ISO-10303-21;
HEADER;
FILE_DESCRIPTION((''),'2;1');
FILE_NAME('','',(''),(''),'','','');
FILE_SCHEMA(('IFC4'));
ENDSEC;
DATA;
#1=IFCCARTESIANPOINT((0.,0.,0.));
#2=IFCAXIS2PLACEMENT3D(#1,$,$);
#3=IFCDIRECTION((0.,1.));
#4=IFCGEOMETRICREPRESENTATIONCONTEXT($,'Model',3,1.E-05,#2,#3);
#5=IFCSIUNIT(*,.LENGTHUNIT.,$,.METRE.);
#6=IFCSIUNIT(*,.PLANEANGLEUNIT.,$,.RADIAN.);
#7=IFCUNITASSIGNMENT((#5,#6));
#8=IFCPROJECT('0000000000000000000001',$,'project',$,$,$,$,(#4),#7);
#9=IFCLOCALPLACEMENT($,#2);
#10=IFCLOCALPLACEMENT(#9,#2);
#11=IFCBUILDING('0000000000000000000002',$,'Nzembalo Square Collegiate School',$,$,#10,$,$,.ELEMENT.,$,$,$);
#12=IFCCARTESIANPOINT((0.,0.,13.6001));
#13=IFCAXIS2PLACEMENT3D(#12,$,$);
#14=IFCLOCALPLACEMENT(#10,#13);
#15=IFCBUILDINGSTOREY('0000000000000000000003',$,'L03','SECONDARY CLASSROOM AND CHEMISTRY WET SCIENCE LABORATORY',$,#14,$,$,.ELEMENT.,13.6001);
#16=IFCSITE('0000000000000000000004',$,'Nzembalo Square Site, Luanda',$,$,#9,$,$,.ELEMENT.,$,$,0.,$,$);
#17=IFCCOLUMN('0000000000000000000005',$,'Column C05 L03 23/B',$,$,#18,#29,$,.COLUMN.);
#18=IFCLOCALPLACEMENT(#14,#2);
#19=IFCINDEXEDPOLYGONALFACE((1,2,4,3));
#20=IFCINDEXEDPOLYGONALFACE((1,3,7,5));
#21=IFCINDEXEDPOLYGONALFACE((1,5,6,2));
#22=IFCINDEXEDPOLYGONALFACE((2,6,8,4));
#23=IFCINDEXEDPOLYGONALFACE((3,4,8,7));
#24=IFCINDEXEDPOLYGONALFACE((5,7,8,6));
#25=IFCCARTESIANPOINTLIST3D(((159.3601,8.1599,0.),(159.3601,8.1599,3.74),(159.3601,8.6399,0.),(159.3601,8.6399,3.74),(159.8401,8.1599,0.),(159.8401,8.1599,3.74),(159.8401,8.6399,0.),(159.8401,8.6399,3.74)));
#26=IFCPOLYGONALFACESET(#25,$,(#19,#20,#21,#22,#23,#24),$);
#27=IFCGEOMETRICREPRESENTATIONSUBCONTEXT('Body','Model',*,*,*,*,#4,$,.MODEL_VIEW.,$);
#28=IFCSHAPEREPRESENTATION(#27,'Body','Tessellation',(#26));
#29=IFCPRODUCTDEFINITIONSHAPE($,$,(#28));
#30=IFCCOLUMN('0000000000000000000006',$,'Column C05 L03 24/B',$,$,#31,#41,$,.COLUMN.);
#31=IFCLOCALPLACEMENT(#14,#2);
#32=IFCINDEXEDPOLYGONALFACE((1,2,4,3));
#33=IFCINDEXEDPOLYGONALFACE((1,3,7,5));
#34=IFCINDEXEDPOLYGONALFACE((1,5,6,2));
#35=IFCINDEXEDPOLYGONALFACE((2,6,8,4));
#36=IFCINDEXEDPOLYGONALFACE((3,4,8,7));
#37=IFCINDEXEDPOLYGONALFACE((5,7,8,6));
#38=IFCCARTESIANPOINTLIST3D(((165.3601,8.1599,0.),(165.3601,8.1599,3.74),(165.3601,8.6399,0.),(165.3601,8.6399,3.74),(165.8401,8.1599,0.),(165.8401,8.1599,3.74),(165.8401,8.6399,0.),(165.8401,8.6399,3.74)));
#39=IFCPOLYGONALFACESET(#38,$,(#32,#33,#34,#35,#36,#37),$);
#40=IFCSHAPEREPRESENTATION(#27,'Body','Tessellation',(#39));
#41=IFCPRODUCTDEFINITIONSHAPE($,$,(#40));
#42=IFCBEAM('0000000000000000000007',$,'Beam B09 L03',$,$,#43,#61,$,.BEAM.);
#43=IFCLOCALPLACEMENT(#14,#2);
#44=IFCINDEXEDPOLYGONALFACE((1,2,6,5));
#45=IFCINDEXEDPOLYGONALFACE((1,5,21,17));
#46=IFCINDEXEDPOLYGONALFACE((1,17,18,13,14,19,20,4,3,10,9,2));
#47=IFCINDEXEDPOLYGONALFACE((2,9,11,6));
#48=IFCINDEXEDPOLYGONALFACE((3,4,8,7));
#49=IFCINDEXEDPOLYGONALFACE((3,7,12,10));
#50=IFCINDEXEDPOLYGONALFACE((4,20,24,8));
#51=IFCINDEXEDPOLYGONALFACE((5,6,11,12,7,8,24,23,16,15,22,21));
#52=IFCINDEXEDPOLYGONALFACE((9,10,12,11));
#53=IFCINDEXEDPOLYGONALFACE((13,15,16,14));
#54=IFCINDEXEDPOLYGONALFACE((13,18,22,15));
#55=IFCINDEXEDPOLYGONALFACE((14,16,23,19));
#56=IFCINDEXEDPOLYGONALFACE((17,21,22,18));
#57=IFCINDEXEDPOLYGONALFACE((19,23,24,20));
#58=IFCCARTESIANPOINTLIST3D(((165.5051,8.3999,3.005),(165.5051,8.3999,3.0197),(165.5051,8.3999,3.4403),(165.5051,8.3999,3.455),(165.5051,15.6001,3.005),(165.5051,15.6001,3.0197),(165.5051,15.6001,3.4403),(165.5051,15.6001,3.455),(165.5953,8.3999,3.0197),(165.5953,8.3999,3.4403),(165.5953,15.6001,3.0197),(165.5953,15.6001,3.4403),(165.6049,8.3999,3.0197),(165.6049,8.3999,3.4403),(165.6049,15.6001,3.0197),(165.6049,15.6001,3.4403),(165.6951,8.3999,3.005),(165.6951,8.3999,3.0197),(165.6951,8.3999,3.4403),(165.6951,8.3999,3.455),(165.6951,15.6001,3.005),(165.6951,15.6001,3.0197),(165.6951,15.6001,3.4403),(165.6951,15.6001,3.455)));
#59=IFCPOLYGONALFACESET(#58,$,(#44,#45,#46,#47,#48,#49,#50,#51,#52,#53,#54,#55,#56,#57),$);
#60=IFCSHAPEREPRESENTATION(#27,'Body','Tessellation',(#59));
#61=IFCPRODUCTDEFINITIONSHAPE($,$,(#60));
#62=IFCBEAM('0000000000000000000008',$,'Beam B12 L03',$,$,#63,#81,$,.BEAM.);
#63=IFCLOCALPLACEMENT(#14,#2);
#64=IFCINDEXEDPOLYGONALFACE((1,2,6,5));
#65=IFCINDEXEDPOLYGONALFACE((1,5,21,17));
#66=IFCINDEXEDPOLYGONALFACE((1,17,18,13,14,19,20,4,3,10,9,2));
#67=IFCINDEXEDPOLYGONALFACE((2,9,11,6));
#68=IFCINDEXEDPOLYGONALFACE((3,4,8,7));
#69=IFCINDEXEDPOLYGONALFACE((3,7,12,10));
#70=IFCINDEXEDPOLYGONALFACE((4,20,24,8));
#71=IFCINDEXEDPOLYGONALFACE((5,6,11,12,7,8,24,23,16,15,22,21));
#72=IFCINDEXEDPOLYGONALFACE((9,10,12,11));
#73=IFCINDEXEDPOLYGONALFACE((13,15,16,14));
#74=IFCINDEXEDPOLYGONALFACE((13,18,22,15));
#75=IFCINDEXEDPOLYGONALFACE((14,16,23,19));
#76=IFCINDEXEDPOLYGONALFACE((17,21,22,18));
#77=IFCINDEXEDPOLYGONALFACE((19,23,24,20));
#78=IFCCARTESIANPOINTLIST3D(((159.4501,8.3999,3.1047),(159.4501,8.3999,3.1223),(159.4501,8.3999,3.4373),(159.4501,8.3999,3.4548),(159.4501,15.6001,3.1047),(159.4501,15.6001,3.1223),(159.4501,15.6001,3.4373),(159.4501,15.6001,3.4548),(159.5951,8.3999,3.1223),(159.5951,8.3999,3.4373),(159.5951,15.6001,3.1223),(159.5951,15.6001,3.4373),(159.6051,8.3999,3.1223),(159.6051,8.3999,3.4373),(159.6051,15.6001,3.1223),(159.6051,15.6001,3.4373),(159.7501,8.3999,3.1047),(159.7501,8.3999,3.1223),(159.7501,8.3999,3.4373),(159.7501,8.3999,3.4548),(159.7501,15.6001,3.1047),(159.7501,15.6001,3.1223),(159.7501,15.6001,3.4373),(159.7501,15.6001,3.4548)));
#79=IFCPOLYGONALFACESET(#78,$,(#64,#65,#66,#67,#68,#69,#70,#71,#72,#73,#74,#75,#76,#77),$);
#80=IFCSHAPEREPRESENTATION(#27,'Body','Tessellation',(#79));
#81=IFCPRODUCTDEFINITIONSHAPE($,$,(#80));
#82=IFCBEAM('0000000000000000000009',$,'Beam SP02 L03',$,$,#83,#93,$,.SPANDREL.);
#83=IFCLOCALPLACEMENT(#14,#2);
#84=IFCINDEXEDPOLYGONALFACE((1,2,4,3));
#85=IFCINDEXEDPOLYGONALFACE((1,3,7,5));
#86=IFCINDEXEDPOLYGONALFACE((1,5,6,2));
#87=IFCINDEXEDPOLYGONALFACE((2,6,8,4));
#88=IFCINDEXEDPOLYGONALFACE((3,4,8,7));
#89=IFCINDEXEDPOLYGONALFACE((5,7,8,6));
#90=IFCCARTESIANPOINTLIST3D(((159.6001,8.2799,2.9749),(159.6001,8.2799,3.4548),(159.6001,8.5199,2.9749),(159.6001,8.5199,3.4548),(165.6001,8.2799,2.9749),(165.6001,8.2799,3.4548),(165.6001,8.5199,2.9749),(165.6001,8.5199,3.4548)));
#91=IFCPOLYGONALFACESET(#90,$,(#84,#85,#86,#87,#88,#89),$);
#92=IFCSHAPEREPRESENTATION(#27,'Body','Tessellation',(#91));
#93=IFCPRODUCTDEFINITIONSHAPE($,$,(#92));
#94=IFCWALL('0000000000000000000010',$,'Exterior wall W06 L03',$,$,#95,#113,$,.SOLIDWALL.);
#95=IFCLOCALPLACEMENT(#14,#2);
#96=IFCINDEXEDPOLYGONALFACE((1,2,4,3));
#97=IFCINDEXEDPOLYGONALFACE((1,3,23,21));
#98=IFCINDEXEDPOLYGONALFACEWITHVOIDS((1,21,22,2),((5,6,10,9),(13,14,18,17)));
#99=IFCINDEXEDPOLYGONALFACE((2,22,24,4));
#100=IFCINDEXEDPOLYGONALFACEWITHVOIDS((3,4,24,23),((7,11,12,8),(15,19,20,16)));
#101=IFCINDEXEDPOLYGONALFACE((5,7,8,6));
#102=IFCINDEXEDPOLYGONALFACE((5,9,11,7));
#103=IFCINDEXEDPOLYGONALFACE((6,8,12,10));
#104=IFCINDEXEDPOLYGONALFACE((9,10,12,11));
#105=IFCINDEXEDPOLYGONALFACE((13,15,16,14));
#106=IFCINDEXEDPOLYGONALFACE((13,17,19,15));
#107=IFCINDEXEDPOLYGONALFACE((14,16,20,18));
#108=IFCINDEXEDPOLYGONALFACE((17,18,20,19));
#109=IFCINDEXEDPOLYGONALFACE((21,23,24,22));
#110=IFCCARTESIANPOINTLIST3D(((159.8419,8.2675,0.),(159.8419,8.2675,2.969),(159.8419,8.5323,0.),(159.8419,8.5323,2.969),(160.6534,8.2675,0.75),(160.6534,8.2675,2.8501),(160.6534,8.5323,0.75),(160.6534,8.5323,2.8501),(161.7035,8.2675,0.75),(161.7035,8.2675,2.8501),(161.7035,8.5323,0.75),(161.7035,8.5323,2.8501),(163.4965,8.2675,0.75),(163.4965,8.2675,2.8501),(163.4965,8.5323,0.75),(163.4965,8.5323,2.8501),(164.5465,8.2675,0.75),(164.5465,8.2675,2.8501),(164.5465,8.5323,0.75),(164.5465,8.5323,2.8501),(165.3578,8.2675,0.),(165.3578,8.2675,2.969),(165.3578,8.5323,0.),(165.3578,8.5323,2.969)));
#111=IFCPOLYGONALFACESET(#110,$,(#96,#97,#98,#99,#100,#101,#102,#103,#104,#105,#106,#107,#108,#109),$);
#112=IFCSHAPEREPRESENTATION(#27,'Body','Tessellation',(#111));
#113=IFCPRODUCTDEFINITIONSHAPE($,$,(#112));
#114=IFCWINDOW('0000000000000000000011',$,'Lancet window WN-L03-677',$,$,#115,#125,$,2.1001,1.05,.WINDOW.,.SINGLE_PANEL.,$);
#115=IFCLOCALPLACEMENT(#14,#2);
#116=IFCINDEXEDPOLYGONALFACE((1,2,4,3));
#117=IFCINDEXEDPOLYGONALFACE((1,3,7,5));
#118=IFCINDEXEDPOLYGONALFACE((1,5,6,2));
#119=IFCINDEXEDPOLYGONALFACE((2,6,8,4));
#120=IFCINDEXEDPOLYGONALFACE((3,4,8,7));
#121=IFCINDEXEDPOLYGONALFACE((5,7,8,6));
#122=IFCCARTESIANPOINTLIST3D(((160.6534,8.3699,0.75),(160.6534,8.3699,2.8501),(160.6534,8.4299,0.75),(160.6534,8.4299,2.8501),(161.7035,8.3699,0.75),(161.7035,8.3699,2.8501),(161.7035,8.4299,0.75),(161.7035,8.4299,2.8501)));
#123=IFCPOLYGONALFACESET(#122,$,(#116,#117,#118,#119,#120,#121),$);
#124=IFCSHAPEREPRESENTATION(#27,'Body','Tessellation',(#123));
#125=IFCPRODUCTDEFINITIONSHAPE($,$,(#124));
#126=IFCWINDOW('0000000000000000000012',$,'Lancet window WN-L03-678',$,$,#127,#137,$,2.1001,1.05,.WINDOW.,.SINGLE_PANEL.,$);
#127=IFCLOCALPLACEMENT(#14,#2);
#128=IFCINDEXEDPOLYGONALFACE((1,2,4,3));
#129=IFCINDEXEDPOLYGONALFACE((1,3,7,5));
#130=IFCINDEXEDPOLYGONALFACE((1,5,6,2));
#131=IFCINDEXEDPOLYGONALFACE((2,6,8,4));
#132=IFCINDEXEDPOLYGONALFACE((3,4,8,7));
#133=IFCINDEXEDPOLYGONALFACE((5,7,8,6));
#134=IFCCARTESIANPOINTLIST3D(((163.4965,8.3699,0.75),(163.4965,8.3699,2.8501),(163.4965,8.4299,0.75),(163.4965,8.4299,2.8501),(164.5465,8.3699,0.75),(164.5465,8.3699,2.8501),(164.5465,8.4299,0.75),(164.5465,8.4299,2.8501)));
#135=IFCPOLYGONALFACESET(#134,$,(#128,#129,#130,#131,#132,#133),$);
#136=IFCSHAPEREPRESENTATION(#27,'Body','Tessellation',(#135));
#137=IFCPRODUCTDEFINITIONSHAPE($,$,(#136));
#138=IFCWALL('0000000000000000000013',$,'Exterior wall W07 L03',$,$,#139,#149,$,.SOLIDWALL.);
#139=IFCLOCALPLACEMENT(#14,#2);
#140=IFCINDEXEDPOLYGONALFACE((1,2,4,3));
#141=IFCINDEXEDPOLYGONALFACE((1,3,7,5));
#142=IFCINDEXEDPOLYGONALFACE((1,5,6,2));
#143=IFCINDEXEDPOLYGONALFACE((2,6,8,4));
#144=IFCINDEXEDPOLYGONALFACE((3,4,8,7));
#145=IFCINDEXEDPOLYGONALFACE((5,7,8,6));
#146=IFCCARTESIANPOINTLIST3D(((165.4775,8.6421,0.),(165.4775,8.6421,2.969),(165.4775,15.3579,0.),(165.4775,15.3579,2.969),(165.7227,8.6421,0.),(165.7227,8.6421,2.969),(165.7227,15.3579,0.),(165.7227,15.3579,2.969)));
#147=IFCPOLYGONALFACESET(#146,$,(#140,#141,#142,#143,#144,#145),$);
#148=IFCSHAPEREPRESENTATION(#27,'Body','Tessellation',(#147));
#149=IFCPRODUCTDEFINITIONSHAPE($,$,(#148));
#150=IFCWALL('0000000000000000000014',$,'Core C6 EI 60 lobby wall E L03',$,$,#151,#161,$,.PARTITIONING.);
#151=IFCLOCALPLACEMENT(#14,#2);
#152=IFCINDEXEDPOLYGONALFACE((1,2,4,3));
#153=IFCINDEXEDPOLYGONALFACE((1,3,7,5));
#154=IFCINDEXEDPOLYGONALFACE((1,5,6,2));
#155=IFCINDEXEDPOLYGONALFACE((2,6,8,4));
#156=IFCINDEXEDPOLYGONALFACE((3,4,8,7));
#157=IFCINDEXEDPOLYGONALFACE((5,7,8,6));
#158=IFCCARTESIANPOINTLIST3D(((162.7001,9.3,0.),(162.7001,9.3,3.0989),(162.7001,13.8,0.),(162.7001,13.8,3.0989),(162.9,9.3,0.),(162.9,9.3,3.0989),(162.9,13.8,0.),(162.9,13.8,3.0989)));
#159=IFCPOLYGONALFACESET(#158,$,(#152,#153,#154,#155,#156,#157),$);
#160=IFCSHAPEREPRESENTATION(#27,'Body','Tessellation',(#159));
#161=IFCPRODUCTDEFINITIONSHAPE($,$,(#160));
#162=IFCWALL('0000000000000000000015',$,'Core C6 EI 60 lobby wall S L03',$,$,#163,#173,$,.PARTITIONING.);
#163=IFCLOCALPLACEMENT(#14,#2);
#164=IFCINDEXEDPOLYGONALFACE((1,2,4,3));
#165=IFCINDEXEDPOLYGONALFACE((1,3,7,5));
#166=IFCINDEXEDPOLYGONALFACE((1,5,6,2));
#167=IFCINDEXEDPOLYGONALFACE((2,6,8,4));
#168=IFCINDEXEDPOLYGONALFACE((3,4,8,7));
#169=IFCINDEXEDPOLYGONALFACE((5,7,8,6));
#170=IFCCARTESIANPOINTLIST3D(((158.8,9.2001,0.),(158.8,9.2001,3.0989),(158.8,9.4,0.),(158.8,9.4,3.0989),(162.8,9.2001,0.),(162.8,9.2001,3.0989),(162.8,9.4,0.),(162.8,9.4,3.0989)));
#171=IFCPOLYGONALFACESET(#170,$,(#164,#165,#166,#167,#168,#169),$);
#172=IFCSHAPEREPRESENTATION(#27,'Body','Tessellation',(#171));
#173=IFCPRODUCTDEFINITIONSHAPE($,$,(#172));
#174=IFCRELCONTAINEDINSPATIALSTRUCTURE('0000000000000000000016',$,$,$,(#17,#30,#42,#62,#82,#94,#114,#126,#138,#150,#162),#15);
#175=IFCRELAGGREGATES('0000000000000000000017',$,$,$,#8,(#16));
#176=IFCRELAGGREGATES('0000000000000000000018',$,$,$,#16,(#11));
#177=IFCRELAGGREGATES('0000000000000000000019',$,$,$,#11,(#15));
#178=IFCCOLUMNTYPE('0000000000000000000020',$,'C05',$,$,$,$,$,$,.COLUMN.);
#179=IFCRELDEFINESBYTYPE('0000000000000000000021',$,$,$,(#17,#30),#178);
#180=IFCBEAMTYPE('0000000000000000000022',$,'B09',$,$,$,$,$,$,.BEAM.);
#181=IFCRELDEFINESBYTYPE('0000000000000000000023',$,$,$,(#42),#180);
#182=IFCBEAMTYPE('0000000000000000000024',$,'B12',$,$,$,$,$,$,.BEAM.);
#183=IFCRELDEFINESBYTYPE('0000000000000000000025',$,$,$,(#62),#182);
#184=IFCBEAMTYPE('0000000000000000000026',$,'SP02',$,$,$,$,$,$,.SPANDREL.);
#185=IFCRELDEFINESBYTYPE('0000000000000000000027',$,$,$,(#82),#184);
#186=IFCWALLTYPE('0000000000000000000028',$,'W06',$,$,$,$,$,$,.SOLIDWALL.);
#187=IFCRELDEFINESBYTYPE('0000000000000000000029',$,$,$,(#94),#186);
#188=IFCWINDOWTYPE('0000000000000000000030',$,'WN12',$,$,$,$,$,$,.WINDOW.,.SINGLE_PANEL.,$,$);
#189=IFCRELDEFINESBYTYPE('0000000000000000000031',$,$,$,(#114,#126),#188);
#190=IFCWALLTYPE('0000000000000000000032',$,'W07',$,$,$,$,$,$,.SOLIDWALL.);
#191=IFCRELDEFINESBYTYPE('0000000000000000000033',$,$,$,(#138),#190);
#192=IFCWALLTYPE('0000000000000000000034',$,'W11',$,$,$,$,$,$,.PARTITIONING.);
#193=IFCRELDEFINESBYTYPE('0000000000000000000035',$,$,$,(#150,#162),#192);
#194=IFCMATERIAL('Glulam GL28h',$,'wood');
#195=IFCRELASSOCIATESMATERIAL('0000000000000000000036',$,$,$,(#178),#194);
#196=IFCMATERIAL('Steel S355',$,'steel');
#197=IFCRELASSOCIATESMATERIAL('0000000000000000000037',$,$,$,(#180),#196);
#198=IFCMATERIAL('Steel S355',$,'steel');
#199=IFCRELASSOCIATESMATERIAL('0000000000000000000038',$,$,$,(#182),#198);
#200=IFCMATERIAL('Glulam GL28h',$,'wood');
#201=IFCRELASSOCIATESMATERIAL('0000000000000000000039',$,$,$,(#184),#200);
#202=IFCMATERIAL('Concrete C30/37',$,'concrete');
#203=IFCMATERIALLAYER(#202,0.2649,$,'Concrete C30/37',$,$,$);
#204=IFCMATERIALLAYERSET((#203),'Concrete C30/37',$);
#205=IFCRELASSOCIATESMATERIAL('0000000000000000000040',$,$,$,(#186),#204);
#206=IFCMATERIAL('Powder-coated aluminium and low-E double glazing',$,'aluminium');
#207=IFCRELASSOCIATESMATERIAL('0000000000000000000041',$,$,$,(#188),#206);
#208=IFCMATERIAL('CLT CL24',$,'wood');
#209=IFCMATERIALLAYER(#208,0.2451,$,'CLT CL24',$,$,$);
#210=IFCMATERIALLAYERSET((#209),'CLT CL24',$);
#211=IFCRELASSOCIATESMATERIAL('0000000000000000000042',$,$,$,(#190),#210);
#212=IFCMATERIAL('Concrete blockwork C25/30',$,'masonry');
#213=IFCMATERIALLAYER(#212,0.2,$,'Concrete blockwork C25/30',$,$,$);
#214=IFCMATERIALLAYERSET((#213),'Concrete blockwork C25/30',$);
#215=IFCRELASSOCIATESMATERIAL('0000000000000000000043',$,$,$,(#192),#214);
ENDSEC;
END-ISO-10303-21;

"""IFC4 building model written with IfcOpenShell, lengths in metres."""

from ifc_helpers import new_model, si_unit, direction, frame, frame_2d, origin, origin_2d, place, context, subcontext, project, spatial, rectangle, i_section, extrude, material, layer, layer_set, material_profile, profile_set, type_object, element, fill, save


model = new_model("IFC4")

# Units and contexts
model_context = context("Model", 3, precision=1e-05, world=origin(), true_north=direction((0.0, 1.0)))
body_context = subcontext(model_context, "Body", "Model", "MODEL_VIEW")
ifc_project = project(units=[si_unit("LENGTHUNIT", "METRE"), si_unit("PLANEANGLEUNIT", "RADIAN")], contexts=[model_context])

# Site, building, storey
site_placement = place(None, origin())
site = spatial("IfcSite", under=ifc_project, at=site_placement, Name="Nzembalo Square Site, Luanda", CompositionType="ELEMENT", RefElevation=0.0)
building_placement = place(site_placement, origin())
building = spatial("IfcBuilding", under=site, at=building_placement, Name="Nzembalo Square Collegiate School", CompositionType="ELEMENT")
storey_placement = place(building_placement, frame((0.0, 0.0, 13.6001)))
storey = spatial("IfcBuildingStorey", under=building, at=storey_placement, Name="L03", Description="SECONDARY CLASSROOM AND CHEMISTRY WET SCIENCE LABORATORY", CompositionType="ELEMENT", Elevation=13.6001)

# Columns
ifc_material_1 = material(Name="Glulam GL28h", Category="wood")
ifc_material_profile_1 = material_profile(ifc_material_1, rectangle(XDim=0.48, YDim=0.48, at=origin_2d()), Name="GL28h 480x480")
ifc_profile_set_1 = profile_set([ifc_material_profile_1], Name="Glulam GL28h")
column_type = type_object("IfcColumnType", Name="C05", PredefinedType="COLUMN", material=ifc_profile_set_1)
for number, where, z_axis, x_axis, name in (
    (1, (159.6001, 8.3999, 0.0), (0.0, 0.0, 1.0), (1.0, 0.0, 0.0), "Column C05 L03 23/B"),
    (2, (165.6001, 8.3999, 0.0), (0.0, 0.0, 1.0), (1.0, 0.0, 0.0), "Column C05 L03 24/B"),
):
    element("IfcColumn", number, at=place(storey_placement, frame(where, z_axis=z_axis, x_axis=x_axis)), inside=storey, type_object=column_type, Name=name, PredefinedType="COLUMN", context=body_context, shape_type="SweptSolid", body=[
        extrude(rectangle(XDim=0.48, YDim=0.48, at=origin_2d()), origin(), (0.0, 0.0, 1.0), 3.74),
    ])

# Beams
ifc_material_2 = material(Name="Steel S355", Category="steel")
ifc_material_profile_2 = material_profile(ifc_material_2, i_section(OverallWidth=0.1899, OverallDepth=0.45, WebThickness=0.0095, FlangeThickness=0.0146, at=origin_2d()), Name="IPE 450")
ifc_profile_set_2 = profile_set([ifc_material_profile_2], Name="Steel S355")
beam_type_1 = type_object("IfcBeamType", Name="B09", PredefinedType="BEAM", material=ifc_profile_set_2)
beam_1_placement = place(storey_placement, frame((165.6001, 8.3999, 3.23), z_axis=(0.0, 1.0, 0.0), x_axis=(-1.0, 0.0, 0.0)))
element("IfcBeam", 3, at=beam_1_placement, inside=storey, type_object=beam_type_1, Name="Beam B09 L03", PredefinedType="BEAM", context=body_context, shape_type="SweptSolid", body=[
    extrude(i_section(OverallWidth=0.1899, OverallDepth=0.45, WebThickness=0.0095, FlangeThickness=0.0146, at=origin_2d()), origin(), (0.0, 0.0, 1.0), 7.2002),
])
ifc_material_3 = material(Name="Steel S355", Category="steel")
ifc_material_profile_3 = material_profile(ifc_material_3, i_section(OverallWidth=0.3, OverallDepth=0.3501, WebThickness=0.01, FlangeThickness=0.0176, at=origin_2d()), Name="HEA 360")
ifc_profile_set_3 = profile_set([ifc_material_profile_3], Name="Steel S355")
beam_type_2 = type_object("IfcBeamType", Name="B12", PredefinedType="BEAM", material=ifc_profile_set_3)
beam_2_placement = place(storey_placement, frame((159.6001, 8.3999, 3.2798), z_axis=(0.0, 1.0, 0.0), x_axis=(-1.0, 0.0, 0.0)))
element("IfcBeam", 4, at=beam_2_placement, inside=storey, type_object=beam_type_2, Name="Beam B12 L03", PredefinedType="BEAM", context=body_context, shape_type="SweptSolid", body=[
    extrude(i_section(OverallWidth=0.3, OverallDepth=0.3501, WebThickness=0.01, FlangeThickness=0.0176, at=origin_2d()), origin(), (0.0, 0.0, 1.0), 7.2002),
])
ifc_material_4 = material(Name="Glulam GL28h", Category="wood")
ifc_material_profile_4 = material_profile(ifc_material_4, rectangle(XDim=0.24, YDim=0.48, at=origin_2d()), Name="GL28h 240x480")
ifc_profile_set_4 = profile_set([ifc_material_profile_4], Name="Glulam GL28h")
beam_type_3 = type_object("IfcBeamType", Name="SP02", PredefinedType="SPANDREL", material=ifc_profile_set_4)
beam_3_placement = place(storey_placement, frame((159.6001, 8.3999, 3.2148), z_axis=(1.0, 0.0, 0.0), x_axis=(0.0, 1.0, 0.0)))
element("IfcBeam", 5, at=beam_3_placement, inside=storey, type_object=beam_type_3, Name="Beam SP02 L03", PredefinedType="SPANDREL", context=body_context, shape_type="SweptSolid", body=[
    extrude(rectangle(XDim=0.24, YDim=0.48, at=origin_2d()), origin(), (0.0, 0.0, 1.0), 6.0),
])

# Wall, openings, windows
ifc_material_5 = material(Name="Concrete C30/37", Category="concrete")
ifc_layer_1 = layer(ifc_material_5, 0.2649, Name="Concrete C30/37")
ifc_layer_set_1 = layer_set([ifc_layer_1], Name="Concrete C30/37")
wall_type_1 = type_object("IfcWallType", Name="W06", PredefinedType="SOLIDWALL", material=ifc_layer_set_1)
wall_1_placement = place(storey_placement, frame((159.842, 8.3999, 0.0), z_axis=(0.0, 0.0, 1.0), x_axis=(1.0, 0.0, 0.0)))
wall_1 = element("IfcWall", 6, at=wall_1_placement, inside=storey, type_object=wall_type_1, Name="Exterior wall W06 L03", PredefinedType="SOLIDWALL", context=body_context, shape_type="SweptSolid", body=[
    extrude(rectangle(XDim=5.5159, YDim=0.2649, at=frame_2d((2.7578, 0.0))), origin(), (0.0, 0.0, 1.0), 2.969),
])
opening_1_placement = place(wall_1_placement, frame((0.8115, 0.0, 0.75)))
opening_1 = element("IfcOpeningElement", 7, at=opening_1_placement, cuts=wall_1, PredefinedType="OPENING", context=body_context, shape_type="SweptSolid", body=[
    extrude(rectangle(XDim=1.05, YDim=2.1001, at=frame_2d((0.5249, 1.05))), frame((0.0, 0.1426, 0.0), z_axis=(0.0, -1.0, 0.0), x_axis=(1.0, 0.0, 0.0)), (0.0, 0.0, 1.0), 0.2849),
])
opening_2_placement = place(wall_1_placement, frame((3.6545, 0.0, 0.75)))
opening_2 = element("IfcOpeningElement", 8, at=opening_2_placement, cuts=wall_1, PredefinedType="OPENING", context=body_context, shape_type="SweptSolid", body=[
    extrude(rectangle(XDim=1.05, YDim=2.1001, at=frame_2d((0.5249, 1.05))), frame((0.0, 0.1426, 0.0), z_axis=(0.0, -1.0, 0.0), x_axis=(1.0, 0.0, 0.0)), (0.0, 0.0, 1.0), 0.2849),
])
ifc_material_6 = material(Name="Powder-coated aluminium and low-E double glazing", Category="aluminium")
window_type = type_object("IfcWindowType", Name="WN12", PartitioningType="SINGLE_PANEL", PredefinedType="WINDOW", material=ifc_material_6)
window_1_placement = place(opening_1_placement, origin())
window_1 = element("IfcWindow", 9, at=window_1_placement, inside=storey, type_object=window_type, Name="Lancet window WN-L03-677", OverallHeight=2.1001, OverallWidth=1.05, PartitioningType="SINGLE_PANEL", PredefinedType="WINDOW", context=body_context, shape_type="SweptSolid", body=[
    extrude(rectangle(XDim=1.05, YDim=2.1001, at=frame_2d((0.5249, 1.05))), frame((0.0, 0.03, 0.0), z_axis=(0.0, -1.0, 0.0), x_axis=(1.0, 0.0, 0.0)), (0.0, 0.0, 1.0), 0.0601),
])
fill(opening_1, window_1)
window_2_placement = place(opening_2_placement, origin())
window_2 = element("IfcWindow", 10, at=window_2_placement, inside=storey, type_object=window_type, Name="Lancet window WN-L03-678", OverallHeight=2.1001, OverallWidth=1.05, PartitioningType="SINGLE_PANEL", PredefinedType="WINDOW", context=body_context, shape_type="SweptSolid", body=[
    extrude(rectangle(XDim=1.05, YDim=2.1001, at=frame_2d((0.5249, 1.05))), frame((0.0, 0.03, 0.0), z_axis=(0.0, -1.0, 0.0), x_axis=(1.0, 0.0, 0.0)), (0.0, 0.0, 1.0), 0.0601),
])
fill(opening_2, window_2)

# Walls
ifc_material_7 = material(Name="CLT CL24", Category="wood")
ifc_layer_2 = layer(ifc_material_7, 0.2451, Name="CLT CL24")
ifc_layer_set_2 = layer_set([ifc_layer_2], Name="CLT CL24")
wall_type_2 = type_object("IfcWallType", Name="W07", PredefinedType="SOLIDWALL", material=ifc_layer_set_2)
wall_2_placement = place(storey_placement, frame((165.6001, 8.6421, 0.0), z_axis=(0.0, 0.0, 1.0), x_axis=(0.0, 1.0, 0.0)))
element("IfcWall", 11, at=wall_2_placement, inside=storey, type_object=wall_type_2, Name="Exterior wall W07 L03", PredefinedType="SOLIDWALL", context=body_context, shape_type="SweptSolid", body=[
    extrude(rectangle(XDim=6.7158, YDim=0.2451, at=frame_2d((3.3579, 0.0))), origin(), (0.0, 0.0, 1.0), 2.969),
])
ifc_material_8 = material(Name="Concrete blockwork C25/30", Category="masonry")
ifc_layer_3 = layer(ifc_material_8, 0.2, Name="Concrete blockwork C25/30")
ifc_layer_set_3 = layer_set([ifc_layer_3], Name="Concrete blockwork C25/30")
wall_type_3 = type_object("IfcWallType", Name="W11", PredefinedType="PARTITIONING", material=ifc_layer_set_3)
wall_3_placement = place(storey_placement, frame((162.8, 9.3, 0.0), z_axis=(0.0, 0.0, 1.0), x_axis=(0.0, 1.0, 0.0)))
element("IfcWall", 12, at=wall_3_placement, inside=storey, type_object=wall_type_3, Name="Core C6 EI 60 lobby wall E L03", PredefinedType="PARTITIONING", context=body_context, shape_type="SweptSolid", body=[
    extrude(rectangle(XDim=4.5, YDim=0.2, at=frame_2d((2.25, 0.0))), origin(), (0.0, 0.0, 1.0), 3.0989),
])
wall_4_placement = place(storey_placement, frame((158.8, 9.3, 0.0), z_axis=(0.0, 0.0, 1.0), x_axis=(1.0, 0.0, 0.0)))
element("IfcWall", 13, at=wall_4_placement, inside=storey, type_object=wall_type_3, Name="Core C6 EI 60 lobby wall S L03", PredefinedType="PARTITIONING", context=body_context, shape_type="SweptSolid", body=[
    extrude(rectangle(XDim=4.0, YDim=0.2, at=frame_2d((2.0, 0.0))), origin(), (0.0, 0.0, 1.0), 3.0989),
])

save(model, "model.ifc")
